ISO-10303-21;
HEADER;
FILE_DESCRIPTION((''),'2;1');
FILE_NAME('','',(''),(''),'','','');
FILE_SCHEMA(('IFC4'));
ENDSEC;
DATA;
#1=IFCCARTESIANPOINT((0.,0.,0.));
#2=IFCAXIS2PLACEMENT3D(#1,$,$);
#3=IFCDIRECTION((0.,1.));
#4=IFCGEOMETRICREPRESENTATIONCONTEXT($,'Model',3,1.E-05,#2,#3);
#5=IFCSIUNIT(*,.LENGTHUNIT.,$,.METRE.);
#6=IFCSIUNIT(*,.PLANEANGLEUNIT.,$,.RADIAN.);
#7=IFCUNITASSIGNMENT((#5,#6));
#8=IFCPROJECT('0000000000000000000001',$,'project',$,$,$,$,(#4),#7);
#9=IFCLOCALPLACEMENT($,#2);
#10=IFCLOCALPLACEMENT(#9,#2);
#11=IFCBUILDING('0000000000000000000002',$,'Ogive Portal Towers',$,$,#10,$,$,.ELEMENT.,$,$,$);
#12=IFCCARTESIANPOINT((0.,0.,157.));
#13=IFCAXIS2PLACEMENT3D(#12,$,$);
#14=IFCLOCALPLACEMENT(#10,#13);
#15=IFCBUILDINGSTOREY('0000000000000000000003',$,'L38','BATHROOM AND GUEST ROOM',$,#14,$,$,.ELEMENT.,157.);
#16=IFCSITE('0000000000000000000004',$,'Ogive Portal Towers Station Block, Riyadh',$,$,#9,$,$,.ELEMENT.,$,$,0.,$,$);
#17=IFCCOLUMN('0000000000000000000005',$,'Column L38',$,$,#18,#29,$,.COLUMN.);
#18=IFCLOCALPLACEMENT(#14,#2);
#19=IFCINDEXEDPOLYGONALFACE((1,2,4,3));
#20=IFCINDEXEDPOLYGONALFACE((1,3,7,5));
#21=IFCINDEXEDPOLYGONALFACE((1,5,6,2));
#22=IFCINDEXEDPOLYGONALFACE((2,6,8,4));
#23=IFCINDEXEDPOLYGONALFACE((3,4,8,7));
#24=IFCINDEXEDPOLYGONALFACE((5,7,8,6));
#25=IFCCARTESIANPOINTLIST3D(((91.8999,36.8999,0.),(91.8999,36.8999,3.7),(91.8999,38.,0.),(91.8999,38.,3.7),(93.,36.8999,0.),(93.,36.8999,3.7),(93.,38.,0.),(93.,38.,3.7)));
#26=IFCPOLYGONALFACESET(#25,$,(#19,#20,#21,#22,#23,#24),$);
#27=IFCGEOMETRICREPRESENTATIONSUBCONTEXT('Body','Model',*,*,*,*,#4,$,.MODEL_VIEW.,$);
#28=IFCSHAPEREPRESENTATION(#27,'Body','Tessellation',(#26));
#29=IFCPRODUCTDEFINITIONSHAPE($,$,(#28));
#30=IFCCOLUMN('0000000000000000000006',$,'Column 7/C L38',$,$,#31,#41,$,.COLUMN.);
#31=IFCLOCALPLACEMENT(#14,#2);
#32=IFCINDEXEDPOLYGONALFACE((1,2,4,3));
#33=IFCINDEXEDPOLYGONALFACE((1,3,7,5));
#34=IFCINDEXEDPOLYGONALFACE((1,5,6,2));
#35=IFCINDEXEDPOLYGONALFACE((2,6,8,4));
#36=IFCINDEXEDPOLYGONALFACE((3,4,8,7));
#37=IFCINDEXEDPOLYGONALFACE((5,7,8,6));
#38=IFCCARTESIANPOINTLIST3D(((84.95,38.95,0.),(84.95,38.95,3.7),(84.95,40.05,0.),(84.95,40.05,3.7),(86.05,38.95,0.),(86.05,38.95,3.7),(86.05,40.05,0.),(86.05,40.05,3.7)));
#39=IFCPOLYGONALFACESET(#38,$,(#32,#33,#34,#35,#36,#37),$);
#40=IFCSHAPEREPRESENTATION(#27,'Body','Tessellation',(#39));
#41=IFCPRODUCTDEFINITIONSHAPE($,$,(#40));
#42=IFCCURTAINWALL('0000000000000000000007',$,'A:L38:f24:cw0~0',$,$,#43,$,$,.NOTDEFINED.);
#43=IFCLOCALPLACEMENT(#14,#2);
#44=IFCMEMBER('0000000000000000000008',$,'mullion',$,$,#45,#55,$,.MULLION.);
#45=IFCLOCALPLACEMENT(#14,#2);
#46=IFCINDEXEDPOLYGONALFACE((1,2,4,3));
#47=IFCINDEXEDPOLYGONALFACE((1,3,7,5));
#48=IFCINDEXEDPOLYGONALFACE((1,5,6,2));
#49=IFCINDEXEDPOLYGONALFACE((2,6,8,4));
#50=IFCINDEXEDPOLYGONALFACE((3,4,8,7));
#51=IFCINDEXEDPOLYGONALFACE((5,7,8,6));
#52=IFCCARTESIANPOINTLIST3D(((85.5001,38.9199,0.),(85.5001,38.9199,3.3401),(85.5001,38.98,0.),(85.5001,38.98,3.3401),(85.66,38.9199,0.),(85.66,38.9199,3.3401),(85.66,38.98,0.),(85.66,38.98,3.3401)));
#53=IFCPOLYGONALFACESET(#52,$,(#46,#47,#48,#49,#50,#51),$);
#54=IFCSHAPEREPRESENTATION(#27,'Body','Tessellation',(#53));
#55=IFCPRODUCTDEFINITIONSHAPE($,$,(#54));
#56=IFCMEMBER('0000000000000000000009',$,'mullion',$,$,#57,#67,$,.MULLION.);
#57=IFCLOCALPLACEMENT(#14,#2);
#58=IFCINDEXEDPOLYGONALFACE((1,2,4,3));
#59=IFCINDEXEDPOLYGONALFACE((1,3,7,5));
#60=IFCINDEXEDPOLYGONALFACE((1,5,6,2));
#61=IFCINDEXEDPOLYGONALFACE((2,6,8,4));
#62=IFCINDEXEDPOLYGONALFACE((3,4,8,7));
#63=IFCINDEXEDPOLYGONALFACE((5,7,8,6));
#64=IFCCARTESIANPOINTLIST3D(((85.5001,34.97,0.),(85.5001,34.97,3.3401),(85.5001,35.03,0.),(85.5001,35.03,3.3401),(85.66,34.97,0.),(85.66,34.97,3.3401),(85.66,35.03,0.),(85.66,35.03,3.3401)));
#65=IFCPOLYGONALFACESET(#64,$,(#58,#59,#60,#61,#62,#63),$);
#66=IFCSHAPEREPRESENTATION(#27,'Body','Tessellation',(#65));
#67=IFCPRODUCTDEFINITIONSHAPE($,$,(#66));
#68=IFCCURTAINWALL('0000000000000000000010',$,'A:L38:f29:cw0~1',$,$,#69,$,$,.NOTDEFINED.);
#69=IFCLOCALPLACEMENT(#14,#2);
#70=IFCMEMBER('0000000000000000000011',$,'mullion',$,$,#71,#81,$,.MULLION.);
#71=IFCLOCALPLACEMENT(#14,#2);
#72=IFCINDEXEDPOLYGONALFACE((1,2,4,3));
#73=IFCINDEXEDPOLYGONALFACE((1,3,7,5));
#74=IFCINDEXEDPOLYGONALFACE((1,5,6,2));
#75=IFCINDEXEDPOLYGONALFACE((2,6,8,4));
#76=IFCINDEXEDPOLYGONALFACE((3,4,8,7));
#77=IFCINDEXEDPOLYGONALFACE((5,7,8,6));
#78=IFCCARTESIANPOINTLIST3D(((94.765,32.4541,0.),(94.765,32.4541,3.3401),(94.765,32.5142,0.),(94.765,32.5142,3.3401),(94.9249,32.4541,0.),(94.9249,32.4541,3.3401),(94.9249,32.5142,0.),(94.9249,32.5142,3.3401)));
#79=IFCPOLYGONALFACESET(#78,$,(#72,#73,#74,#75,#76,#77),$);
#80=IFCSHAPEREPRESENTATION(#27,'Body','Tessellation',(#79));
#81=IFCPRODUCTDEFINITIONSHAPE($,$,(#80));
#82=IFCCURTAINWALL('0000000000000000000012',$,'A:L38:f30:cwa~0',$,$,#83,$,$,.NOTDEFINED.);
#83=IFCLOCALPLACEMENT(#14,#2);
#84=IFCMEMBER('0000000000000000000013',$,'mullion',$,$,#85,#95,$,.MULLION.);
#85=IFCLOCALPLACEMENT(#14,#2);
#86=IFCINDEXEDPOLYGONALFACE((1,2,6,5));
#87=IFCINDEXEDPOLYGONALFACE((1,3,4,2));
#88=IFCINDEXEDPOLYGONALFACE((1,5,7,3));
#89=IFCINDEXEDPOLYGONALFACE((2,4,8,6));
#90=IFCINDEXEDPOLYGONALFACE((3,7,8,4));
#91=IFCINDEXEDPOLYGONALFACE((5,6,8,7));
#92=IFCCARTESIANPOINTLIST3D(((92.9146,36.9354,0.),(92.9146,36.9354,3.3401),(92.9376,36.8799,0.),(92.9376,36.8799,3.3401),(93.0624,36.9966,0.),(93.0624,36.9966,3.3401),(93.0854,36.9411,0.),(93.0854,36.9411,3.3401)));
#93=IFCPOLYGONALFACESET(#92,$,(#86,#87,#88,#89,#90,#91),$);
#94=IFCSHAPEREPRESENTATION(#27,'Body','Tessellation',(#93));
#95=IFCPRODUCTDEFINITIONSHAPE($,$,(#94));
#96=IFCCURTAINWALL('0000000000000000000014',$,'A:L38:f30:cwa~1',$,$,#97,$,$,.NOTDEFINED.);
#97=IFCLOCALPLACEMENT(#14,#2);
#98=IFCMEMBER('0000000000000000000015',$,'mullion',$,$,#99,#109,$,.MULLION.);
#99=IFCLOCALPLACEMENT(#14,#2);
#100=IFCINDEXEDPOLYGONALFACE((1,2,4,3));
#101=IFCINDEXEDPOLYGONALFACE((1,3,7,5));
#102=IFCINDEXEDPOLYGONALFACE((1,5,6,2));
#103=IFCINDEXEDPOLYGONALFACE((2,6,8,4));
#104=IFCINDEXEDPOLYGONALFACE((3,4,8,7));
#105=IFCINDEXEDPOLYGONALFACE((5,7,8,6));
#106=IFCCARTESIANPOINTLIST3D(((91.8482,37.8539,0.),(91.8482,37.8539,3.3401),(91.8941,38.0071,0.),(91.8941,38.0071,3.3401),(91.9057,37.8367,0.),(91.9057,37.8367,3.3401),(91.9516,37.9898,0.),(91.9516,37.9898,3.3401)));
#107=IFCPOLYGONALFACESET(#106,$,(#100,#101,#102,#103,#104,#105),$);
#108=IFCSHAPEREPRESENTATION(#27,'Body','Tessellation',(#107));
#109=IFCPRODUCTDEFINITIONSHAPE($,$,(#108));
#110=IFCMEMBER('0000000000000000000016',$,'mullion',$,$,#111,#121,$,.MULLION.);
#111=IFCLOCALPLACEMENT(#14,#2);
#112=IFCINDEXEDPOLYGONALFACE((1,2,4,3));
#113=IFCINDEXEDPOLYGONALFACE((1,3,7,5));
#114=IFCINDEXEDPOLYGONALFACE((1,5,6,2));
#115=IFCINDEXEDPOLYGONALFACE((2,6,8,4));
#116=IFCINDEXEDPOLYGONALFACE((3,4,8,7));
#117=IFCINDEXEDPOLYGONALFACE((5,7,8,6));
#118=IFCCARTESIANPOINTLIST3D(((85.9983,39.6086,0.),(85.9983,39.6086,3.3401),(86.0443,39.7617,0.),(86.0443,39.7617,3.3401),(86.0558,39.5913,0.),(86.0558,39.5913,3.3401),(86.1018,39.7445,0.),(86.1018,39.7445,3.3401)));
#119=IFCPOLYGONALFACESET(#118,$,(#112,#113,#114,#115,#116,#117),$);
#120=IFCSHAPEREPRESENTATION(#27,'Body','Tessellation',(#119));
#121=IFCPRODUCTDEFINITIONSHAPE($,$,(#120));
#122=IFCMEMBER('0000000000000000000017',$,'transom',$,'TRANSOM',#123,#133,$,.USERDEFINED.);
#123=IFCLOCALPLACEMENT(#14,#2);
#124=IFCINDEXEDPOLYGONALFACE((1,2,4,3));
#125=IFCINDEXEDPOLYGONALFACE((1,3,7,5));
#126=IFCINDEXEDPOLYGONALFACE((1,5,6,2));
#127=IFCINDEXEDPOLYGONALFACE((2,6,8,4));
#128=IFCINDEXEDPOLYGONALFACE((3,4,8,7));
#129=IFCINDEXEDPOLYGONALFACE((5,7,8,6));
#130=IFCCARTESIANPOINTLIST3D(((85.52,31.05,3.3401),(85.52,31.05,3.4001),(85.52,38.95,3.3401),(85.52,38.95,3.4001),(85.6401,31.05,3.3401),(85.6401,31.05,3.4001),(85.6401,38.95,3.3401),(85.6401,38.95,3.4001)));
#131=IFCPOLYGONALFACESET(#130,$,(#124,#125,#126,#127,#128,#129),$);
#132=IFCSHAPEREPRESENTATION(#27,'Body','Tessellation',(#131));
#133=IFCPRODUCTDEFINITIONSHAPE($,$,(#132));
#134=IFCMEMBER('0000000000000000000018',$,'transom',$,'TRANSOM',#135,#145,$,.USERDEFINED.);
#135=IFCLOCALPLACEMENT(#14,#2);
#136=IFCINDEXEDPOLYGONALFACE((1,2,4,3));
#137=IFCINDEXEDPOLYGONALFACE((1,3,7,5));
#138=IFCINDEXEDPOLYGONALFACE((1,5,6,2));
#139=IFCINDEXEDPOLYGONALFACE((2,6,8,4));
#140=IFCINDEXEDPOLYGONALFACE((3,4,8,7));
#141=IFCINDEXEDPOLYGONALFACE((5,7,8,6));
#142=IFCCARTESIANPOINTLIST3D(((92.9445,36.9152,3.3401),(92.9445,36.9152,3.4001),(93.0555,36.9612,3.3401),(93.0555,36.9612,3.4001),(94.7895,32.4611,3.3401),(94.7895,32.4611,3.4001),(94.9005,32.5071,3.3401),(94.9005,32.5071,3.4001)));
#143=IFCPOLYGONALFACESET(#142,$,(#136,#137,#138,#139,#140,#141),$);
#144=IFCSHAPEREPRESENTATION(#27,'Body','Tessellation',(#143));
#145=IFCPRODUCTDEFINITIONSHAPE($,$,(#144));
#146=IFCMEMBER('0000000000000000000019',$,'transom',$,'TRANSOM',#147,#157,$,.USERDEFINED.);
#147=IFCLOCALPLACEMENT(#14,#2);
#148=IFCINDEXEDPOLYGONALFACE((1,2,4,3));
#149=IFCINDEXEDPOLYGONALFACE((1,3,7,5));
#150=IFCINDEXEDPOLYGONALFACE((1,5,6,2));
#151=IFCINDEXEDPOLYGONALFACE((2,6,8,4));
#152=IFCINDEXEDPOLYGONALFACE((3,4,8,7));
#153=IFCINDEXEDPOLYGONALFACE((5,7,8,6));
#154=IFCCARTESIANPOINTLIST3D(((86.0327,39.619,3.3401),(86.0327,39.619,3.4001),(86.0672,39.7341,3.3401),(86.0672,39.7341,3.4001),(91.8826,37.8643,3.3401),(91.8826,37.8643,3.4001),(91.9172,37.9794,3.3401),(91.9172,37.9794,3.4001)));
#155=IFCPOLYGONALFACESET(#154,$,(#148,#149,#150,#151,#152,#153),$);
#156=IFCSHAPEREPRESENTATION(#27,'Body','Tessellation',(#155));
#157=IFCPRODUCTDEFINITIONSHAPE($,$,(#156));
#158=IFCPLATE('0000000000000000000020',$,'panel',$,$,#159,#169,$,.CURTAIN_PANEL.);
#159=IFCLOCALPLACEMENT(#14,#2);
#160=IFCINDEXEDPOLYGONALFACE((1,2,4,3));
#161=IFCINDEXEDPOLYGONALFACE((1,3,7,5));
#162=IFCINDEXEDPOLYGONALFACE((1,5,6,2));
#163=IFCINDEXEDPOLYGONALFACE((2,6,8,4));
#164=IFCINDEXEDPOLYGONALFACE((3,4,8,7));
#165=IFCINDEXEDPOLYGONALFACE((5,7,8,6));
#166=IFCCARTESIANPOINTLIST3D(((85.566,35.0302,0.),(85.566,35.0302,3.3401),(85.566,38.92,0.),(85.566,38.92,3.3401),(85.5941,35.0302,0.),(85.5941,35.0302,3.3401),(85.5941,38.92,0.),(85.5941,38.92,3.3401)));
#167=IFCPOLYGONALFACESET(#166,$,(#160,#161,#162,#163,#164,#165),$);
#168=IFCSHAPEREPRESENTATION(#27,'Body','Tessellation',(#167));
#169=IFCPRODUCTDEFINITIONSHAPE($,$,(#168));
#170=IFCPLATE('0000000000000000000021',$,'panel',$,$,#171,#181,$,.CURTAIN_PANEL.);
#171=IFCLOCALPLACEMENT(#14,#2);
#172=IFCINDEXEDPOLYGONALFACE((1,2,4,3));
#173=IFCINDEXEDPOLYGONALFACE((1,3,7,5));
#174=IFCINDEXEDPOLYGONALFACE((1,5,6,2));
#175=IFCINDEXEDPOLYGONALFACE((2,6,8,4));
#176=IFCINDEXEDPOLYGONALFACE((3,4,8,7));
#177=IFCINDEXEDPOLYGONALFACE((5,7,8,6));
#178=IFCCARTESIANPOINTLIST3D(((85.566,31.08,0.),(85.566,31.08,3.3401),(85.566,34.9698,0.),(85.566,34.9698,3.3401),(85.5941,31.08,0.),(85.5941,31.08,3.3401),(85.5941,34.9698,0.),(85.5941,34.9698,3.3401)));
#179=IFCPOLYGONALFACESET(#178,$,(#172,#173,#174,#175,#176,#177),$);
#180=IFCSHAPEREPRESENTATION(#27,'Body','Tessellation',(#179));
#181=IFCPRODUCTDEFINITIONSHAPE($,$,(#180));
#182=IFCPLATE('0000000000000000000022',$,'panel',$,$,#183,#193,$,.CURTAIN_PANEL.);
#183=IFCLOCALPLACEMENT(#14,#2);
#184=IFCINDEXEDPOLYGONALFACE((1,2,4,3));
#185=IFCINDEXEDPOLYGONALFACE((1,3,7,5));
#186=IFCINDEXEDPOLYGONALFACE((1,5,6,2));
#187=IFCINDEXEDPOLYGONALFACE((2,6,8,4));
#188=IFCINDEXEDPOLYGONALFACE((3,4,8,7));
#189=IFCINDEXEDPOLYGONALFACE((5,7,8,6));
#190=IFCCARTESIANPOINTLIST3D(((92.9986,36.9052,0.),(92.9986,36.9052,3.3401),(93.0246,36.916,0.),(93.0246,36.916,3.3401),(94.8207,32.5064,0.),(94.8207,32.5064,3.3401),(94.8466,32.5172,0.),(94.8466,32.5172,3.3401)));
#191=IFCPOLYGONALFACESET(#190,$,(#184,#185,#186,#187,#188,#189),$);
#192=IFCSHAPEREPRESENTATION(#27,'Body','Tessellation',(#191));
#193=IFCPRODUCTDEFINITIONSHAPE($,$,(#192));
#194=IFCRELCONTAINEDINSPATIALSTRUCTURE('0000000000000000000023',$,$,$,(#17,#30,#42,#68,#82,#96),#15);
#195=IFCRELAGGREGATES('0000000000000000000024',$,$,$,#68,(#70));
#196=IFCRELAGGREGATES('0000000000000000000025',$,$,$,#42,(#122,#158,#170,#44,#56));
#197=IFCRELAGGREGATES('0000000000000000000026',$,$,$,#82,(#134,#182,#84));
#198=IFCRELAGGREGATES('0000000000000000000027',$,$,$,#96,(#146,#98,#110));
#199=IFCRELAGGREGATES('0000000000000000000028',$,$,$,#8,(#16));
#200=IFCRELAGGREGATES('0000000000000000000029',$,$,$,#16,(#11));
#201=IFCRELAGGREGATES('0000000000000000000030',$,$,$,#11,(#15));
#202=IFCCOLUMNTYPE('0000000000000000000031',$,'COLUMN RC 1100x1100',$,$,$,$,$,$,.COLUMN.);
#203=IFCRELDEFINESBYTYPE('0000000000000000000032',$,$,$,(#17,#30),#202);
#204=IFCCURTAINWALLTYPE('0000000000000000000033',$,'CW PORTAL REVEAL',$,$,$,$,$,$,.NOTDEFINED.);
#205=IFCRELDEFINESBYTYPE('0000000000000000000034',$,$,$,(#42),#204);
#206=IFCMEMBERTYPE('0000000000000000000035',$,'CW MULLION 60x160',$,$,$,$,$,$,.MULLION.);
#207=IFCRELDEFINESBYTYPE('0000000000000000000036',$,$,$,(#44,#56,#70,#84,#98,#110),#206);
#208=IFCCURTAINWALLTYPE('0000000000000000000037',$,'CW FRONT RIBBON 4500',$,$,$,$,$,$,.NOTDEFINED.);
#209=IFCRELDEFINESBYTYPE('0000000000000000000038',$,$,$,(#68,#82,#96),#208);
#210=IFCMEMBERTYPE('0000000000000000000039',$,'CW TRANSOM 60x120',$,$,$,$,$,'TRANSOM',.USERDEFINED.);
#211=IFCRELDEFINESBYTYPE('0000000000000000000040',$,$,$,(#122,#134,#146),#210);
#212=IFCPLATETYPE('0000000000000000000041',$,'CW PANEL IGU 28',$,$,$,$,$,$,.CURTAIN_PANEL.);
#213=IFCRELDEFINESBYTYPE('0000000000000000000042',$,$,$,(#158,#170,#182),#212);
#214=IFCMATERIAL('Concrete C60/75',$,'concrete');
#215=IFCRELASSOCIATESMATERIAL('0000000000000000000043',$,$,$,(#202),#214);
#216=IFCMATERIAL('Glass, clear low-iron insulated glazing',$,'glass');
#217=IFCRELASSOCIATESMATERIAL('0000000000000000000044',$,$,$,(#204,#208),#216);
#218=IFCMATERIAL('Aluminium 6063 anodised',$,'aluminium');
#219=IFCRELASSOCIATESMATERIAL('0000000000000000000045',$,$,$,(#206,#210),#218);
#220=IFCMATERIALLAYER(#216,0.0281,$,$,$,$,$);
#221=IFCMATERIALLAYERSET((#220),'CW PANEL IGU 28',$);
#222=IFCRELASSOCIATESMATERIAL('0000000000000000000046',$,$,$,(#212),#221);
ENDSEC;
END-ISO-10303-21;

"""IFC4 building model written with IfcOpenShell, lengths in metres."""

from ifc_helpers import new_model, si_unit, direction, frame, origin, origin_2d, place, context, subcontext, project, spatial, rectangle, extrude, material, layer, layer_set, material_profile, profile_set, type_object, element, aggregate, save


model = new_model("IFC4")

# Units and contexts
model_context = context("Model", 3, precision=1e-05, world=origin(), true_north=direction((0.0, 1.0)))
body_context = subcontext(model_context, "Body", "Model", "MODEL_VIEW")
ifc_project = project(units=[si_unit("LENGTHUNIT", "METRE"), si_unit("PLANEANGLEUNIT", "RADIAN")], contexts=[model_context])

# Site, building, storey
site_placement = place(None, origin())
site = spatial("IfcSite", under=ifc_project, at=site_placement, Name="Ogive Portal Towers Station Block, Riyadh", CompositionType="ELEMENT", RefElevation=0.0)
building_placement = place(site_placement, origin())
building = spatial("IfcBuilding", under=site, at=building_placement, Name="Ogive Portal Towers", CompositionType="ELEMENT")
storey_placement = place(building_placement, frame((0.0, 0.0, 157.0)))
storey = spatial("IfcBuildingStorey", under=building, at=storey_placement, Name="L38", Description="BATHROOM AND GUEST ROOM", CompositionType="ELEMENT", Elevation=157.0)

# Columns
ifc_material_1 = material(Name="Concrete C60/75", Category="concrete")
ifc_material_profile_1 = material_profile(ifc_material_1, rectangle(XDim=1.1001, YDim=1.1001, at=origin_2d()), Name="RC 1100x1100")
ifc_profile_set_1 = profile_set([ifc_material_profile_1], Name="Concrete C60/75")
column_type = type_object("IfcColumnType", Name="COLUMN RC 1100x1100", PredefinedType="COLUMN", material=ifc_profile_set_1)
for number, where, z_axis, x_axis, name in (
    (1, (92.45, 37.45, 0.0), (0.0, 0.0, 1.0), (1.0, 0.0, 0.0), "Column L38"),
    (2, (85.5, 39.5, 0.0), (0.0, 0.0, 1.0), (1.0, 0.0, 0.0), "Column 7/C L38"),
):
    element("IfcColumn", number, at=place(storey_placement, frame(where, z_axis=z_axis, x_axis=x_axis)), inside=storey, type_object=column_type, Name=name, PredefinedType="COLUMN", context=body_context, shape_type="SweptSolid", body=[
        extrude(rectangle(XDim=1.1001, YDim=1.1001, at=origin_2d()), origin(), (0.0, 0.0, 1.0), 3.7),
    ])

# Curtain wall, members
ifc_material_2 = material(Name="Glass, clear low-iron insulated glazing", Category="glass")
curtain_wall_type_1 = type_object("IfcCurtainWallType", Name="CW PORTAL REVEAL", PredefinedType="NOTDEFINED", material=ifc_material_2)
curtain_wall_1_placement = place(storey_placement, origin())
curtain_wall_1 = element("IfcCurtainWall", 3, at=curtain_wall_1_placement, inside=storey, type_object=curtain_wall_type_1, Name="A:L38:f24:cw0~0", PredefinedType="NOTDEFINED")
ifc_material_3 = material(Name="Aluminium 6063 anodised", Category="aluminium")
ifc_material_profile_2 = material_profile(ifc_material_3, rectangle(XDim=0.1599, YDim=0.0601, at=origin_2d()), Name="AL 60x160")
ifc_profile_set_2 = profile_set([ifc_material_profile_2], Name="Aluminium 6063 anodised")
member_type_1 = type_object("IfcMemberType", Name="CW MULLION 60x160", PredefinedType="MULLION", material=ifc_profile_set_2)
member_1_placement = place(storey_placement, frame((85.5801, 38.95, 0.0), z_axis=(0.0, 0.0, 1.0), x_axis=(1.0, 0.0, 0.0)))
member_1 = element("IfcMember", 4, at=member_1_placement, type_object=member_type_1, Name="mullion", PredefinedType="MULLION", context=body_context, shape_type="SweptSolid", body=[
    extrude(rectangle(XDim=0.1599, YDim=0.0601, at=origin_2d()), origin(), (0.0, 0.0, 1.0), 3.3401),
])
member_2_placement = place(storey_placement, frame((85.5801, 35.0, 0.0), z_axis=(0.0, 0.0, 1.0), x_axis=(1.0, 0.0, 0.0)))
member_2 = element("IfcMember", 5, at=member_2_placement, type_object=member_type_1, Name="mullion", PredefinedType="MULLION", context=body_context, shape_type="SweptSolid", body=[
    extrude(rectangle(XDim=0.1599, YDim=0.0601, at=origin_2d()), origin(), (0.0, 0.0, 1.0), 3.3401),
])

# Curtain walls, members
curtain_wall_type_2 = type_object("IfcCurtainWallType", Name="CW FRONT RIBBON 4500", PredefinedType="NOTDEFINED", material=ifc_material_2)
curtain_wall_2_placement = place(storey_placement, origin())
curtain_wall_2 = element("IfcCurtainWall", 6, at=curtain_wall_2_placement, inside=storey, type_object=curtain_wall_type_2, Name="A:L38:f29:cw0~1", PredefinedType="NOTDEFINED")
member_3_placement = place(storey_placement, frame((94.845, 32.4841, 0.0), z_axis=(0.0, 0.0, 1.0), x_axis=(-1.0, 0.0, 0.0)))
member_3 = element("IfcMember", 7, at=member_3_placement, type_object=member_type_1, Name="mullion", PredefinedType="MULLION", context=body_context, shape_type="SweptSolid", body=[
    extrude(rectangle(XDim=0.1599, YDim=0.0601, at=origin_2d()), origin(), (0.0, 0.0, 1.0), 3.3401),
])
aggregate(curtain_wall_2, [member_3])
curtain_wall_3_placement = place(storey_placement, origin())
curtain_wall_3 = element("IfcCurtainWall", 8, at=curtain_wall_3_placement, inside=storey, type_object=curtain_wall_type_2, Name="A:L38:f30:cwa~0", PredefinedType="NOTDEFINED")
member_4_placement = place(storey_placement, frame((93.0, 36.9382, 0.0), z_axis=(0.0, 0.0, 1.0), x_axis=(-0.92388, -0.382683, 0.0)))
member_4 = element("IfcMember", 9, at=member_4_placement, type_object=member_type_1, Name="mullion", PredefinedType="MULLION", context=body_context, shape_type="SweptSolid", body=[
    extrude(rectangle(XDim=0.1599, YDim=0.0601, at=origin_2d()), origin(), (0.0, 0.0, 1.0), 3.3401),
])

# Curtain wall, members
curtain_wall_4_placement = place(storey_placement, origin())
curtain_wall_4 = element("IfcCurtainWall", 10, at=curtain_wall_4_placement, inside=storey, type_object=curtain_wall_type_2, Name="A:L38:f30:cwa~1", PredefinedType="NOTDEFINED")
member_5_placement = place(storey_placement, frame((91.8999, 37.9219, 0.0), z_axis=(0.0, 0.0, 1.0), x_axis=(-0.287306, -0.957839, 0.0)))
member_5 = element("IfcMember", 11, at=member_5_placement, type_object=member_type_1, Name="mullion", PredefinedType="MULLION", context=body_context, shape_type="SweptSolid", body=[
    extrude(rectangle(XDim=0.1599, YDim=0.0601, at=origin_2d()), origin(), (0.0, 0.0, 1.0), 3.3401),
])
member_6_placement = place(storey_placement, frame((86.05, 39.6765, 0.0), z_axis=(0.0, 0.0, 1.0), x_axis=(-0.287306, -0.957839, 0.0)))
member_6 = element("IfcMember", 12, at=member_6_placement, type_object=member_type_1, Name="mullion", PredefinedType="MULLION", context=body_context, shape_type="SweptSolid", body=[
    extrude(rectangle(XDim=0.1599, YDim=0.0601, at=origin_2d()), origin(), (0.0, 0.0, 1.0), 3.3401),
])

# Members
ifc_material_profile_3 = material_profile(ifc_material_3, rectangle(XDim=0.1201, YDim=0.0601, at=origin_2d()), Name="AL 120x60")
ifc_profile_set_3 = profile_set([ifc_material_profile_3], Name="Aluminium 6063 anodised")
member_type_2 = type_object("IfcMemberType", Name="CW TRANSOM 60x120", ElementType="TRANSOM", PredefinedType="USERDEFINED", material=ifc_profile_set_3)
member_7_placement = place(storey_placement, frame((85.5801, 38.95, 3.3701), z_axis=(0.0, -1.0, 0.0), x_axis=(1.0, 0.0, 0.0)))
member_7 = element("IfcMember", 13, at=member_7_placement, type_object=member_type_2, Name="transom", ObjectType="TRANSOM", PredefinedType="USERDEFINED", context=body_context, shape_type="SweptSolid", body=[
    extrude(rectangle(XDim=0.1201, YDim=0.0601, at=origin_2d()), origin(), (0.0, 0.0, 1.0), 7.8999),
])
member_8_placement = place(storey_placement, frame((94.845, 32.4841, 3.3701), z_axis=(-0.382687, 0.923878, 0.0), x_axis=(-0.923878, -0.382687, 0.0)))
member_8 = element("IfcMember", 14, at=member_8_placement, type_object=member_type_2, Name="transom", ObjectType="TRANSOM", PredefinedType="USERDEFINED", context=body_context, shape_type="SweptSolid", body=[
    extrude(rectangle(XDim=0.1201, YDim=0.0601, at=origin_2d()), origin(), (0.0, 0.0, 1.0), 4.821),
])
member_9_placement = place(storey_placement, frame((91.8999, 37.9219, 3.3701), z_axis=(-0.957841, 0.2873, 0.0), x_axis=(-0.2873, -0.957841, 0.0)))
member_9 = element("IfcMember", 15, at=member_9_placement, type_object=member_type_2, Name="transom", ObjectType="TRANSOM", PredefinedType="USERDEFINED", context=body_context, shape_type="SweptSolid", body=[
    extrude(rectangle(XDim=0.1201, YDim=0.0601, at=origin_2d()), origin(), (0.0, 0.0, 1.0), 6.1074),
])

# Plates
ifc_layer_1 = layer(ifc_material_2, 0.0281)
ifc_layer_set_1 = layer_set([ifc_layer_1], Name="CW PANEL IGU 28")
plate_type = type_object("IfcPlateType", Name="CW PANEL IGU 28", PredefinedType="CURTAIN_PANEL", material=ifc_layer_set_1)
plate_1_placement = place(storey_placement, frame((85.5801, 36.9751, 0.0), z_axis=(0.0, 0.0, 1.0), x_axis=(0.0, -1.0, 0.0)))
plate_1 = element("IfcPlate", 16, at=plate_1_placement, type_object=plate_type, Name="panel", PredefinedType="CURTAIN_PANEL", context=body_context, shape_type="SweptSolid", body=[
    extrude(rectangle(XDim=3.8899, YDim=0.0281, at=origin_2d()), origin(), (0.0, 0.0, 1.0), 3.3401),
])
plate_2_placement = place(storey_placement, frame((85.5801, 33.0249, 0.0), z_axis=(0.0, 0.0, 1.0), x_axis=(0.0, -1.0, 0.0)))
plate_2 = element("IfcPlate", 17, at=plate_2_placement, type_object=plate_type, Name="panel", PredefinedType="CURTAIN_PANEL", context=body_context, shape_type="SweptSolid", body=[
    extrude(rectangle(XDim=3.8899, YDim=0.0281, at=origin_2d()), origin(), (0.0, 0.0, 1.0), 3.3401),
])
aggregate(curtain_wall_1, [member_7, plate_1, plate_2, member_1, member_2])
plate_3_placement = place(storey_placement, frame((93.9226, 34.7112, 0.0), z_axis=(0.0, 0.0, 1.0), x_axis=(-0.382683, 0.92388, 0.0)))
plate_3 = element("IfcPlate", 18, at=plate_3_placement, type_object=plate_type, Name="panel", PredefinedType="CURTAIN_PANEL", context=body_context, shape_type="SweptSolid", body=[
    extrude(rectangle(XDim=4.7612, YDim=0.0281, at=origin_2d()), origin(), (0.0, 0.0, 1.0), 3.3401),
])
aggregate(curtain_wall_3, [member_8, plate_3, member_4])
aggregate(curtain_wall_4, [member_9, member_5, member_6])

save(model, "model.ifc")
